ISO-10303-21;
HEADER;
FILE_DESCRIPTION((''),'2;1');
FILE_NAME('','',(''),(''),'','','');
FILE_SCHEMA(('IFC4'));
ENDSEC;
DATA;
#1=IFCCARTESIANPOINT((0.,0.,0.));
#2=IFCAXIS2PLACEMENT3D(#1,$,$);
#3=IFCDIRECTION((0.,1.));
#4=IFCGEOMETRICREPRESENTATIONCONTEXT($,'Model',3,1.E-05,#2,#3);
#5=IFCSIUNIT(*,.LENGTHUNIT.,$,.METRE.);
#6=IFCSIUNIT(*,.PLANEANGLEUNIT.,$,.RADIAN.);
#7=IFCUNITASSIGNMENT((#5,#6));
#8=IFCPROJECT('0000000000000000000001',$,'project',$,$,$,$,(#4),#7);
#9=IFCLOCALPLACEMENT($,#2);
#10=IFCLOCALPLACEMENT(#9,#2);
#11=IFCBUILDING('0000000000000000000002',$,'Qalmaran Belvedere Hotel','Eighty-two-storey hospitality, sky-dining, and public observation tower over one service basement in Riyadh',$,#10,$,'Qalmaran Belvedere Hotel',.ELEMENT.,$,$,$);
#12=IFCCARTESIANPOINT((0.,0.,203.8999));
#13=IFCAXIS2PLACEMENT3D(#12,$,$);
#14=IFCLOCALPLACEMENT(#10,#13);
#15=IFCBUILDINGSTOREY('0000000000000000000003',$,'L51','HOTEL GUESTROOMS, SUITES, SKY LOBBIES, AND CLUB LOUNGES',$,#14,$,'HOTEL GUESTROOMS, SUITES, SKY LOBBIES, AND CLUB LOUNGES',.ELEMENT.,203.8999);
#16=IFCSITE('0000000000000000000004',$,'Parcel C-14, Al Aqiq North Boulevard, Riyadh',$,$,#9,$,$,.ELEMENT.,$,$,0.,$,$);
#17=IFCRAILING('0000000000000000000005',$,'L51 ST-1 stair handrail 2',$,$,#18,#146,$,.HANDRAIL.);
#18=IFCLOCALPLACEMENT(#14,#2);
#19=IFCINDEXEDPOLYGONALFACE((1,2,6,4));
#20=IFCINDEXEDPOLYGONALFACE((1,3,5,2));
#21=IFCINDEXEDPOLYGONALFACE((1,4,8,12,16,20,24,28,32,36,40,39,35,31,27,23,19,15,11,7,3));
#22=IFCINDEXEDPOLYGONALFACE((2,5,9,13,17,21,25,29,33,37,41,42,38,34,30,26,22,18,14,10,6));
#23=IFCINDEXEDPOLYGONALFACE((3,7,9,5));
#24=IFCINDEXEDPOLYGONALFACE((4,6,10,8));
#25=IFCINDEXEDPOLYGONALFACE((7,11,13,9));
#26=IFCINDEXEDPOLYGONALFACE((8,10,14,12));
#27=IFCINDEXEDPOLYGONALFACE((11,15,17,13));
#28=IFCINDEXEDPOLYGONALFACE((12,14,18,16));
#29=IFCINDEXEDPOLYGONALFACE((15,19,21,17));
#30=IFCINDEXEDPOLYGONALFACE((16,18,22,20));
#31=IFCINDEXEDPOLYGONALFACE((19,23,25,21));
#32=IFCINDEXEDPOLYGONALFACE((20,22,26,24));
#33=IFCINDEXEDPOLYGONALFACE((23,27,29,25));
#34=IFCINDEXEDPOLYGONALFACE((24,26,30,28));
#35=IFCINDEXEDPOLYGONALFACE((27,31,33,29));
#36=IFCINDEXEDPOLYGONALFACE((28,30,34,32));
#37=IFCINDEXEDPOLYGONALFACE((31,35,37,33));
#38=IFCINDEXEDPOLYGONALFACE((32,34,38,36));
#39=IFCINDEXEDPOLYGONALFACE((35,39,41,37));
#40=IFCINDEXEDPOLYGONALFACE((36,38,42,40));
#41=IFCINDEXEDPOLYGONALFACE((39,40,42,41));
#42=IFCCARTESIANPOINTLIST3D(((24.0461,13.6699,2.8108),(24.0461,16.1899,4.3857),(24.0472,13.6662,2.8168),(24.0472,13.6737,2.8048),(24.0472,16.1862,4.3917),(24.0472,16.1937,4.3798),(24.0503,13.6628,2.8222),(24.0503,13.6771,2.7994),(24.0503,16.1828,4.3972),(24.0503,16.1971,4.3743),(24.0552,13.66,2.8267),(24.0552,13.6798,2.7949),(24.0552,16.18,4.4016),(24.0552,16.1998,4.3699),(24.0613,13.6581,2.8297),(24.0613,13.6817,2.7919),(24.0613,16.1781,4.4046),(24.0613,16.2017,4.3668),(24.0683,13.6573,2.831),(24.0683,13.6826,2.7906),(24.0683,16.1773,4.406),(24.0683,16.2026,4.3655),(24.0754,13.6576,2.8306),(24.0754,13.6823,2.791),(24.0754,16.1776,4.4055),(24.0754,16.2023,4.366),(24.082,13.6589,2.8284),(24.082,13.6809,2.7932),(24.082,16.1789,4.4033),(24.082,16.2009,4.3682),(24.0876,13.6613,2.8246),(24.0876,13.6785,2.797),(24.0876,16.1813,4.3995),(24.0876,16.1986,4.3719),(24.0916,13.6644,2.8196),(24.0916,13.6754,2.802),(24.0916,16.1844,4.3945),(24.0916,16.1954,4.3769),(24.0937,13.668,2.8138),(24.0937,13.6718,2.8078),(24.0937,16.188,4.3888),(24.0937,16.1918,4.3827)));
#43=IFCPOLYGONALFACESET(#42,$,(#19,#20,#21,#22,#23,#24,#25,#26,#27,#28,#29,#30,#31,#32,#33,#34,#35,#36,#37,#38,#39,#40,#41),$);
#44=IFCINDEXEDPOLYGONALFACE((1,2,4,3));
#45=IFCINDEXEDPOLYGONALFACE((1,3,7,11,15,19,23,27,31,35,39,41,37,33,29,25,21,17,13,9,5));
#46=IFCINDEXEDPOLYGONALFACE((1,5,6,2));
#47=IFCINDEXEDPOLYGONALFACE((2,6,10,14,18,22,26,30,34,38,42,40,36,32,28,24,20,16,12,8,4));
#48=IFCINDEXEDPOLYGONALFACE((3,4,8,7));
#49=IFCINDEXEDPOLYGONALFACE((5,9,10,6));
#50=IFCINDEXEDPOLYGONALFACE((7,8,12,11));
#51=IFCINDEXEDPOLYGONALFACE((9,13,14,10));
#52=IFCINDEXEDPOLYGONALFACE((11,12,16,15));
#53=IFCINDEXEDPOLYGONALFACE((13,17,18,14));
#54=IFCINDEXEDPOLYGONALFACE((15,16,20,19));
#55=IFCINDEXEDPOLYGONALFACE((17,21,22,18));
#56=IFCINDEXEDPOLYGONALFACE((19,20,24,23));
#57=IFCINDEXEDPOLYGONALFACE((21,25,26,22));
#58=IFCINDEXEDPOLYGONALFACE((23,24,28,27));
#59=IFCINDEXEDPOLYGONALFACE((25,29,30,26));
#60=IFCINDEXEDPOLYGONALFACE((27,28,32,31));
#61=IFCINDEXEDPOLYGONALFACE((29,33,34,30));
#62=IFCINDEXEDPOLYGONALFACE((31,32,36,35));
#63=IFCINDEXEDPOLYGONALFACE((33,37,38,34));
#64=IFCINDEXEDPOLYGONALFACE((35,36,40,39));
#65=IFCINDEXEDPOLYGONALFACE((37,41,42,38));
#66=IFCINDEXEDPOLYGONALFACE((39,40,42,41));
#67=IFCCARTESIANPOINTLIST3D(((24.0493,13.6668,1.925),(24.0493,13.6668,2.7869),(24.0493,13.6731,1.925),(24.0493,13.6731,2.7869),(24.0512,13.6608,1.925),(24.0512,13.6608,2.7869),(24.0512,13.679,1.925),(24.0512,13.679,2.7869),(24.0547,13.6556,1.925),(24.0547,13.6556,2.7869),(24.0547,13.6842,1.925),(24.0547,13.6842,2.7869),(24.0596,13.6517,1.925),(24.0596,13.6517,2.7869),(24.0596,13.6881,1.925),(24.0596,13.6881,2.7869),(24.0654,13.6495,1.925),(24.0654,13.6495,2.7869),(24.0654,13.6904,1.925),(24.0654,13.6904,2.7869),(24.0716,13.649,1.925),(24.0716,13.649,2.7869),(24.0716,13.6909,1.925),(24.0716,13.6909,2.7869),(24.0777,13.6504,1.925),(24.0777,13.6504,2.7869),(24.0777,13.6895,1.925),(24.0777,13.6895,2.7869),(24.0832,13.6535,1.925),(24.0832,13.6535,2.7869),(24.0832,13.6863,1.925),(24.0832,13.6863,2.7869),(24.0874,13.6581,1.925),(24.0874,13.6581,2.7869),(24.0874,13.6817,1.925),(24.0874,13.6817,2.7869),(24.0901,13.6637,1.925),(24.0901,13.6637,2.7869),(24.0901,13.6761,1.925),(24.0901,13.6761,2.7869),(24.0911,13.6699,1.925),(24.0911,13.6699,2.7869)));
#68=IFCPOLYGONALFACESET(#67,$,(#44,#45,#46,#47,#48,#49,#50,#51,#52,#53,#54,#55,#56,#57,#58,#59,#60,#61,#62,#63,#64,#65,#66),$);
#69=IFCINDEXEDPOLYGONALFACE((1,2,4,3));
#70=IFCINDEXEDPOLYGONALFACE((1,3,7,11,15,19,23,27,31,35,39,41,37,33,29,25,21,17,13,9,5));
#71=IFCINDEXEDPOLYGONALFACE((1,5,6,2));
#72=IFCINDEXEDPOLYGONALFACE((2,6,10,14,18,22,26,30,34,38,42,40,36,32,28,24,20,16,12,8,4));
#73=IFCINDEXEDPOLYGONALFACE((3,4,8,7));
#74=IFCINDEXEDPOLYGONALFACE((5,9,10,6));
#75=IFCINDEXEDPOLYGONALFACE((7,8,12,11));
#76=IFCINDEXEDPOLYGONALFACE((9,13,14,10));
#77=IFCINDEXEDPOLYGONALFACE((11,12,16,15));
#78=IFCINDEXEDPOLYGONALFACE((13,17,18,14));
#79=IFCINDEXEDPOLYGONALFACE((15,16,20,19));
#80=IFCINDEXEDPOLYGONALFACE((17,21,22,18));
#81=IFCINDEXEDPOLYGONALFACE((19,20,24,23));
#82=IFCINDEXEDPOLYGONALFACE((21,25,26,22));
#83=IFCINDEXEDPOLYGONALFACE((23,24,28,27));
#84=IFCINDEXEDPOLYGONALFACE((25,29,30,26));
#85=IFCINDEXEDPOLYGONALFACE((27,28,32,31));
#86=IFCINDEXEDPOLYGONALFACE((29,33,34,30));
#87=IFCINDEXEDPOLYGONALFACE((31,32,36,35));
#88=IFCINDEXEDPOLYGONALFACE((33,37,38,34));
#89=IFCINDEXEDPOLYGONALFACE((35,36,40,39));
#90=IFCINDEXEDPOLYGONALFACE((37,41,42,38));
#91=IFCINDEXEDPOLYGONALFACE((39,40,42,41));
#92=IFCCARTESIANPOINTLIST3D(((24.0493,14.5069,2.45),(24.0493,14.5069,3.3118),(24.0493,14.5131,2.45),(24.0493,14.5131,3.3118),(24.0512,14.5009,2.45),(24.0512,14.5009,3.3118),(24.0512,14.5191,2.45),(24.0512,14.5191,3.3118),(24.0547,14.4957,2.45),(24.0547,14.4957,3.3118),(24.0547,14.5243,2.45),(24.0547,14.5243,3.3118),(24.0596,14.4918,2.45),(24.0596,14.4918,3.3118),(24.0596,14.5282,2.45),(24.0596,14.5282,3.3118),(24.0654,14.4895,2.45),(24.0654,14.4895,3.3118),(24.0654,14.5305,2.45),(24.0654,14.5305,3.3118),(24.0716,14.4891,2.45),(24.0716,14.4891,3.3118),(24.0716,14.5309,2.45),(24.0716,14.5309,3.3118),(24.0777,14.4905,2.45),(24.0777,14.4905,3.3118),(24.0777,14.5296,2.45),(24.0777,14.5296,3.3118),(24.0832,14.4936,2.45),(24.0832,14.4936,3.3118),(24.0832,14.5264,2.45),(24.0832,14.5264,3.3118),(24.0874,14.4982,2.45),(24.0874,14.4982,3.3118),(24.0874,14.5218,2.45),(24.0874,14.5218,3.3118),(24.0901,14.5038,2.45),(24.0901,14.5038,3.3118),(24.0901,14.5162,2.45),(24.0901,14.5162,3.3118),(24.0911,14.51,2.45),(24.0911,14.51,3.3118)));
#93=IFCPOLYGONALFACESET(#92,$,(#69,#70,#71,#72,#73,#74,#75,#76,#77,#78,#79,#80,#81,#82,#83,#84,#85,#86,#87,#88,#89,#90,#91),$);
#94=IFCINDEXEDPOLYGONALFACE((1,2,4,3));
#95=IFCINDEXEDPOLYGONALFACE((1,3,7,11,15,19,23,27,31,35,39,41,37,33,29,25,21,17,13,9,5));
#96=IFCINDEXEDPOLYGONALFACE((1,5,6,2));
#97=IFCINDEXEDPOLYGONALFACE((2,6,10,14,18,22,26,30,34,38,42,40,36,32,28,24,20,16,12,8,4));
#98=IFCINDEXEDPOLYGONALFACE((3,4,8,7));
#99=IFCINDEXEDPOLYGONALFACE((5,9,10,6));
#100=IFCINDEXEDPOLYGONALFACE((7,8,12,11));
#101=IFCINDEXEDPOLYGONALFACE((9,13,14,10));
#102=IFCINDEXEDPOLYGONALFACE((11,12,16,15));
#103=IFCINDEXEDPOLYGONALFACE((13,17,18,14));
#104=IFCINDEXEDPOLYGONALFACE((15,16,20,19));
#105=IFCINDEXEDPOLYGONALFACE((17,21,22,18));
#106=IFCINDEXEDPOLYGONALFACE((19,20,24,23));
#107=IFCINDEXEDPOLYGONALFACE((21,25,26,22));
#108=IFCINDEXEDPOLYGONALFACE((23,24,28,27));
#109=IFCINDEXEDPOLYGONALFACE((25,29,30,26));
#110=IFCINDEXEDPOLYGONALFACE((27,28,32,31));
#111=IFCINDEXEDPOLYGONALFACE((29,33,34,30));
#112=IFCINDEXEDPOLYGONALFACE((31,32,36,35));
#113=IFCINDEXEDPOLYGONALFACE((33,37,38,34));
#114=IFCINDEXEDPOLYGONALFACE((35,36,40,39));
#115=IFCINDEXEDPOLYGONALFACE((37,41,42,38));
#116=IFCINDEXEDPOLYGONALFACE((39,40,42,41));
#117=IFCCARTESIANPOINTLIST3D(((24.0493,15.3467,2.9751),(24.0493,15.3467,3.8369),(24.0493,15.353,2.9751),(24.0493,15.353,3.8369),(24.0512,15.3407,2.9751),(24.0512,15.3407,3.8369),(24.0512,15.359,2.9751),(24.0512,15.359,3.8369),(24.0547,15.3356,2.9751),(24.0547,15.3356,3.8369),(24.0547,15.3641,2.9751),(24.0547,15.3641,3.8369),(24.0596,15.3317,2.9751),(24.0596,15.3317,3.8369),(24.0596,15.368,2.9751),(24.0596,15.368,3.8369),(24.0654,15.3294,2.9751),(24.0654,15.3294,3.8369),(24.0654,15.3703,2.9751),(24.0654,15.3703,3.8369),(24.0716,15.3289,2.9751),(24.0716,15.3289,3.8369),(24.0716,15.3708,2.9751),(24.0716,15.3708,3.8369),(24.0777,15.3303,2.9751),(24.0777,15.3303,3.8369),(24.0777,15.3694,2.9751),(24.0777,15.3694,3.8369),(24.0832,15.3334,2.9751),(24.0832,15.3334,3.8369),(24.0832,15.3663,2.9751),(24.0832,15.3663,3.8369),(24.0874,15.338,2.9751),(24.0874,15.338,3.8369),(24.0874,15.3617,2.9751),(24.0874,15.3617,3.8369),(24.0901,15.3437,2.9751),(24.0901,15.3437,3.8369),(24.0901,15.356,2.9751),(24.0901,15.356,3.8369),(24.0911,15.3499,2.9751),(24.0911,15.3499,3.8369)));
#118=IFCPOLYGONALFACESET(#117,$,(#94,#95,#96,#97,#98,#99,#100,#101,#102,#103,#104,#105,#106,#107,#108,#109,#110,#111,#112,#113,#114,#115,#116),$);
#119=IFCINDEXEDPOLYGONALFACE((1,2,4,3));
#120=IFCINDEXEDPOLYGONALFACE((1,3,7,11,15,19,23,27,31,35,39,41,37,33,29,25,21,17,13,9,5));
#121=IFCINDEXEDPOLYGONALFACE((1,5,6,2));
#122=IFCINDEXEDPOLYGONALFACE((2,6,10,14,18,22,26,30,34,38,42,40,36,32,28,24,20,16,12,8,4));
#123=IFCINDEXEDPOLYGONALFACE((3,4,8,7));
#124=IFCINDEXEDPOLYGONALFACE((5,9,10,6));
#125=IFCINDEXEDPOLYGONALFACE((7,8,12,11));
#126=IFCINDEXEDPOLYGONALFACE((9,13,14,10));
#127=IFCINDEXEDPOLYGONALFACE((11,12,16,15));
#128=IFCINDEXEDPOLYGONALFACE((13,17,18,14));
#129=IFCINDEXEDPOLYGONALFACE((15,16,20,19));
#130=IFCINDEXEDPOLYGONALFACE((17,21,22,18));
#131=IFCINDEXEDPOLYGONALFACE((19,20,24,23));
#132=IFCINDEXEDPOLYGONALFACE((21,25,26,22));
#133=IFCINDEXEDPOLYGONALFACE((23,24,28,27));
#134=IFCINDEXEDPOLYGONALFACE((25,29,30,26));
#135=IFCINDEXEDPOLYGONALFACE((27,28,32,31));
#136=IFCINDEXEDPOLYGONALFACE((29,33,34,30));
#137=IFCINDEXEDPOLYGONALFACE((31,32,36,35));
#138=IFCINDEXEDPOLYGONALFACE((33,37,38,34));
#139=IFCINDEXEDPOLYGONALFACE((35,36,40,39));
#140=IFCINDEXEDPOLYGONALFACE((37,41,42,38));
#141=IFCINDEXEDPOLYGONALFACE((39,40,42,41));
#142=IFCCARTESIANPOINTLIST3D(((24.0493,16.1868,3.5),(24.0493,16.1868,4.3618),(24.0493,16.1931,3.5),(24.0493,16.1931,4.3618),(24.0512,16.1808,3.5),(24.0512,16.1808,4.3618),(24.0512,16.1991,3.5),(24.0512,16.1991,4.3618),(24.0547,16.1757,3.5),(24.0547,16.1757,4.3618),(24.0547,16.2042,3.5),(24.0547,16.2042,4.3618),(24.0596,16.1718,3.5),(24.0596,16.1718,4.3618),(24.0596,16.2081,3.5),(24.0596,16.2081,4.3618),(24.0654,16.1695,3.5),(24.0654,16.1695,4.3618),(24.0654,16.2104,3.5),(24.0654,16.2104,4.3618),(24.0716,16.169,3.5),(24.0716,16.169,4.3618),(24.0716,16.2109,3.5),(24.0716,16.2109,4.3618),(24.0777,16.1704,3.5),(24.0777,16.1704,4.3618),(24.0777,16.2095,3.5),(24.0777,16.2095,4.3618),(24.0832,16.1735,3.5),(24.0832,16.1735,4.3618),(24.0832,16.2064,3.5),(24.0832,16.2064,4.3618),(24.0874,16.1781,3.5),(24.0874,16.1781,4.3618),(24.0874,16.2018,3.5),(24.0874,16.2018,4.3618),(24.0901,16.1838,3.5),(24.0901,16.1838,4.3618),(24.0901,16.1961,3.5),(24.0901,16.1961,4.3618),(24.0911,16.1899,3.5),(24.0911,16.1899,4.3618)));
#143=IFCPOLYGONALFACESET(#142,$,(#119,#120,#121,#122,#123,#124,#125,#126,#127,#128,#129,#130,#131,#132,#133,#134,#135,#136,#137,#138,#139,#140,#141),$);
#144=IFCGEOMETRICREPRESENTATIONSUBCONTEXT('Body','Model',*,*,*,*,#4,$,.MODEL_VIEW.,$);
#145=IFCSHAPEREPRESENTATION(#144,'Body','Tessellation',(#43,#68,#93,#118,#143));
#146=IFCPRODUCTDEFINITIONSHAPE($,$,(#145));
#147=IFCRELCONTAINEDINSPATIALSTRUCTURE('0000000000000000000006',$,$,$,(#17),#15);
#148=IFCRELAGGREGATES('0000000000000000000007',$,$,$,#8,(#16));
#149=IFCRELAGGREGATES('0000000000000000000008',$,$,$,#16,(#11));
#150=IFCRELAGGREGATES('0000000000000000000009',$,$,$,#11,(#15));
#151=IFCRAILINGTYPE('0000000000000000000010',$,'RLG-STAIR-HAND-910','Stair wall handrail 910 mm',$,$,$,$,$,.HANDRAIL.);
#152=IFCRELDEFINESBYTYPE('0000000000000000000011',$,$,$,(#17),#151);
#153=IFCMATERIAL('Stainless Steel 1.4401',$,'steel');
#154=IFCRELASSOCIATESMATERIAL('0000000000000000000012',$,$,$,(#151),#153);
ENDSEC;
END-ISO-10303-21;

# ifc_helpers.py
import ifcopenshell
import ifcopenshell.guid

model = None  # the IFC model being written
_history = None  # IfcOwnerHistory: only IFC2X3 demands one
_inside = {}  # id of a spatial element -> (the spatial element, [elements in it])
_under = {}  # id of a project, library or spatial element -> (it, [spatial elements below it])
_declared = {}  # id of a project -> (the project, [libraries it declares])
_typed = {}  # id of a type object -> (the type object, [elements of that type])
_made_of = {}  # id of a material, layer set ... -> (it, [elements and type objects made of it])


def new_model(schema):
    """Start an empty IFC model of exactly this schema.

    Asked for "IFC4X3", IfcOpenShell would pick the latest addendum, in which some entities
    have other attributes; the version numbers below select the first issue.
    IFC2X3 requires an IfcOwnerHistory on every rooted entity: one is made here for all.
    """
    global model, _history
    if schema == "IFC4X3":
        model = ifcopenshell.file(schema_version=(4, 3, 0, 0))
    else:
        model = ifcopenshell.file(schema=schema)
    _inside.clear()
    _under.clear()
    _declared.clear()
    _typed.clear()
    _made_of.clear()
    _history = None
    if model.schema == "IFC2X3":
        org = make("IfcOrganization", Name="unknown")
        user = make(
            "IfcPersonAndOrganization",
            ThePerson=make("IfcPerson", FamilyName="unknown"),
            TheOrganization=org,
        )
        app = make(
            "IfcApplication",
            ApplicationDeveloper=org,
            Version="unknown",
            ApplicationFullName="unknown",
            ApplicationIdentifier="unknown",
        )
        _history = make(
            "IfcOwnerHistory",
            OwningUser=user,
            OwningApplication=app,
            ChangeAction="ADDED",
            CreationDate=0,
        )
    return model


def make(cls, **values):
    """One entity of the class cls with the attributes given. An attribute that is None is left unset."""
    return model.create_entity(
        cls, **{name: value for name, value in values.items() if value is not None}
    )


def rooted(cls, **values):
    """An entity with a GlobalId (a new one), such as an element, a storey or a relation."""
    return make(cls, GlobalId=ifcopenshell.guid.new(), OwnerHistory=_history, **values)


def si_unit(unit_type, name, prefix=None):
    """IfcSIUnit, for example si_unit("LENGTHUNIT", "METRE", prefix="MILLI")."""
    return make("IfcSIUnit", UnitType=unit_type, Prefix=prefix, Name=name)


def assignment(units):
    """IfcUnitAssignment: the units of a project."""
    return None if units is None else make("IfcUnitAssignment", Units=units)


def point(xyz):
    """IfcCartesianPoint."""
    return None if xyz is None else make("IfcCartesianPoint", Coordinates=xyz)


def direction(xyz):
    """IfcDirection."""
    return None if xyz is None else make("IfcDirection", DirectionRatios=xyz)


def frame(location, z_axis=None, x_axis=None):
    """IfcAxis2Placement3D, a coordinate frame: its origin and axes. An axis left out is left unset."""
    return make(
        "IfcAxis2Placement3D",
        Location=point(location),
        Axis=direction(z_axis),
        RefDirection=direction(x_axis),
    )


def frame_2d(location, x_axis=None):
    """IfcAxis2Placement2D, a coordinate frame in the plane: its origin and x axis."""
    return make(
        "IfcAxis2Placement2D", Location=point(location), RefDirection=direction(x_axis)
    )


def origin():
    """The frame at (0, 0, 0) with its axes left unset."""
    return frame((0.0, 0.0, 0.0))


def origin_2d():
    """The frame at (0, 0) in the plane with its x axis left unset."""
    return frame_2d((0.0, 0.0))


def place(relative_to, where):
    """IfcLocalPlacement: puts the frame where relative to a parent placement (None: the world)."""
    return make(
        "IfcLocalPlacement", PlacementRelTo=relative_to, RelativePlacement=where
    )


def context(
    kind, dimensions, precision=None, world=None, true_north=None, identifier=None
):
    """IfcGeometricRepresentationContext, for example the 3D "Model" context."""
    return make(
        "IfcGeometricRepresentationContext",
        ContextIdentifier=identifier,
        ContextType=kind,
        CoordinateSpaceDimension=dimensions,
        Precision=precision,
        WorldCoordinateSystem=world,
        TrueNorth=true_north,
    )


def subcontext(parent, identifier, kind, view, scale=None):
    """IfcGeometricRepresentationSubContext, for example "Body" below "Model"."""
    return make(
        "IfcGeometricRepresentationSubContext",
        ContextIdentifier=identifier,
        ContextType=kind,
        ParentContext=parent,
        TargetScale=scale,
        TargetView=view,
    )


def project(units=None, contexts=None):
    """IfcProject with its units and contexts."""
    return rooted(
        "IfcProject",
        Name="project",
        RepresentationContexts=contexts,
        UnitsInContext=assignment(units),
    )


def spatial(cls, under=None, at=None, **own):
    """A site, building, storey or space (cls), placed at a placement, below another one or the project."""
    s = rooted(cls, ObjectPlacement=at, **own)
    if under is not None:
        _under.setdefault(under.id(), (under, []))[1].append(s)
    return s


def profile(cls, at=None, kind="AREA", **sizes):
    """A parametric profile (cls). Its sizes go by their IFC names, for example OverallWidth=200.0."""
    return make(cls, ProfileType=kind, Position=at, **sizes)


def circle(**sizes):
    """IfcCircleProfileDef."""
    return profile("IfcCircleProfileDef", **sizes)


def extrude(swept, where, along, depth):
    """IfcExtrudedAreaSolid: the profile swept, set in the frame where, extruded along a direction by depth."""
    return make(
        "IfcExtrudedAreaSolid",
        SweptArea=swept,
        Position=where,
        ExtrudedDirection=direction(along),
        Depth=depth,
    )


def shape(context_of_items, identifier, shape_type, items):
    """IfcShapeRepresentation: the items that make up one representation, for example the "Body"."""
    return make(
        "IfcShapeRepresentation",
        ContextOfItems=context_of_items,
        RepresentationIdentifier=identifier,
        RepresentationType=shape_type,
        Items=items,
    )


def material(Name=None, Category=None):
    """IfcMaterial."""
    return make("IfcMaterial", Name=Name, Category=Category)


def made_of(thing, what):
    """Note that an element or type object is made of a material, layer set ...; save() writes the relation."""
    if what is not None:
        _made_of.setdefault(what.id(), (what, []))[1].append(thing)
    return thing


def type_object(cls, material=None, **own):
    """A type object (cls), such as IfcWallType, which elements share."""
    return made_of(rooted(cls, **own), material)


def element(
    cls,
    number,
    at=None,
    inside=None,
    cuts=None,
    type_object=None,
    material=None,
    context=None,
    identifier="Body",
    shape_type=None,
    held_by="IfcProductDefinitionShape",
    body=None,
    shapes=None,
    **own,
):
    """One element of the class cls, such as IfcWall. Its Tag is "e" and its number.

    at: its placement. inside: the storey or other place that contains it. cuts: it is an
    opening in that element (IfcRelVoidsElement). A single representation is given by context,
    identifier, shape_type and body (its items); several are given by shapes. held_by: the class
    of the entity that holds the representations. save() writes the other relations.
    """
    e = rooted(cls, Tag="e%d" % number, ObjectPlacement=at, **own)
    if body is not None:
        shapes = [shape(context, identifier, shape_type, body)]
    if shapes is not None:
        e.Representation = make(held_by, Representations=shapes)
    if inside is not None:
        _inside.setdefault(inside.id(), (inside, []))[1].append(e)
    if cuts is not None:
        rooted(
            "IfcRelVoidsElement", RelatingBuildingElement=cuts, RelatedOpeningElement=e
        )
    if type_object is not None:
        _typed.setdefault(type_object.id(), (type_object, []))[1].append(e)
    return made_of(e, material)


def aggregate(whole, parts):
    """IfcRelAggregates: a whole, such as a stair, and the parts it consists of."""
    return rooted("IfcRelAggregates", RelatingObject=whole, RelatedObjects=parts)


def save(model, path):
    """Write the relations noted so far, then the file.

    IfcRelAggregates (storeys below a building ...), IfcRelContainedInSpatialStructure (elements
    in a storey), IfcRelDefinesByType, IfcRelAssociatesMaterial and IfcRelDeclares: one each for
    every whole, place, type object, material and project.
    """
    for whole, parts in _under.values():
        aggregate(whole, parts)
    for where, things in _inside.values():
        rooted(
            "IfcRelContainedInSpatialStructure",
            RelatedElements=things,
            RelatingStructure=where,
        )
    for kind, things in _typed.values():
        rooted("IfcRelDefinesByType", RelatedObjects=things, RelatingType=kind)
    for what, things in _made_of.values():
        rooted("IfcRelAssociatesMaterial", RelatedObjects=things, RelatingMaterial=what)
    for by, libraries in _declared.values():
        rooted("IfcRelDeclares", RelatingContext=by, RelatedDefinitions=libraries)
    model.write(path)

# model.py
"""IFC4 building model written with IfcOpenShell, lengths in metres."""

from ifc_helpers import new_model, si_unit, direction, frame, origin, origin_2d, place, context, subcontext, project, spatial, circle, extrude, material, type_object, element, save


model = new_model("IFC4")

# Units and contexts
model_context = context("Model", 3, precision=1e-05, world=origin(), true_north=direction((0.0, 1.0)))
body_context = subcontext(model_context, "Body", "Model", "MODEL_VIEW")
ifc_project = project(units=[si_unit("LENGTHUNIT", "METRE"), si_unit("PLANEANGLEUNIT", "RADIAN")], contexts=[model_context])

# Site, building, storey
site_placement = place(None, origin())
site = spatial("IfcSite", under=ifc_project, at=site_placement, Name="Parcel C-14, Al Aqiq North Boulevard, Riyadh", CompositionType="ELEMENT", RefElevation=0.0)
building_placement = place(site_placement, origin())
building = spatial("IfcBuilding", under=site, at=building_placement, Name="Qalmaran Belvedere Hotel", Description="Eighty-two-storey hospitality, sky-dining, and public observation tower over one service basement in Riyadh", LongName="Qalmaran Belvedere Hotel", CompositionType="ELEMENT")
storey_placement = place(building_placement, frame((0.0, 0.0, 203.8999)))
storey = spatial("IfcBuildingStorey", under=building, at=storey_placement, Name="L51", Description="HOTEL GUESTROOMS, SUITES, SKY LOBBIES, AND CLUB LOUNGES", LongName="HOTEL GUESTROOMS, SUITES, SKY LOBBIES, AND CLUB LOUNGES", CompositionType="ELEMENT", Elevation=203.8999)

# Shared definitions
ifc_material_1 = material(Name="Stainless Steel 1.4401", Category="steel")

# Railing
railing_type_1 = type_object("IfcRailingType", Name="RLG-STAIR-HAND-910", Description="Stair wall handrail 910 mm", PredefinedType="HANDRAIL", material=ifc_material_1)
railing_1_placement = place(storey_placement, frame((24.0701, 13.6699, 1.925)))
element("IfcRailing", 1, at=railing_1_placement, inside=storey, type_object=railing_type_1, Name="L51 ST-1 stair handrail 2", PredefinedType="HANDRAIL", context=body_context, shape_type="SweptSolid", body=[
    extrude(circle(Radius=0.0239, at=origin_2d()), frame((0.0, 0.0, 0.8857), z_axis=(0.0, 0.848008, 0.529984), x_axis=(-1.0, 0.0, 0.0)), (0.0, 0.0, 1.0), 2.9717),
    extrude(circle(Radius=0.021, at=origin_2d()), origin(), (0.0, 0.0, 1.0), 0.8618),
    extrude(circle(Radius=0.021, at=origin_2d()), frame((0.0, 0.8401, 0.5249)), (0.0, 0.0, 1.0), 0.8618),
    extrude(circle(Radius=0.021, at=origin_2d()), frame((0.0, 1.6799, 1.05)), (0.0, 0.0, 1.0), 0.8618),
    extrude(circle(Radius=0.021, at=origin_2d()), frame((0.0, 2.52, 1.575)), (0.0, 0.0, 1.0), 0.8618),
])

save(model, "model.ifc")
